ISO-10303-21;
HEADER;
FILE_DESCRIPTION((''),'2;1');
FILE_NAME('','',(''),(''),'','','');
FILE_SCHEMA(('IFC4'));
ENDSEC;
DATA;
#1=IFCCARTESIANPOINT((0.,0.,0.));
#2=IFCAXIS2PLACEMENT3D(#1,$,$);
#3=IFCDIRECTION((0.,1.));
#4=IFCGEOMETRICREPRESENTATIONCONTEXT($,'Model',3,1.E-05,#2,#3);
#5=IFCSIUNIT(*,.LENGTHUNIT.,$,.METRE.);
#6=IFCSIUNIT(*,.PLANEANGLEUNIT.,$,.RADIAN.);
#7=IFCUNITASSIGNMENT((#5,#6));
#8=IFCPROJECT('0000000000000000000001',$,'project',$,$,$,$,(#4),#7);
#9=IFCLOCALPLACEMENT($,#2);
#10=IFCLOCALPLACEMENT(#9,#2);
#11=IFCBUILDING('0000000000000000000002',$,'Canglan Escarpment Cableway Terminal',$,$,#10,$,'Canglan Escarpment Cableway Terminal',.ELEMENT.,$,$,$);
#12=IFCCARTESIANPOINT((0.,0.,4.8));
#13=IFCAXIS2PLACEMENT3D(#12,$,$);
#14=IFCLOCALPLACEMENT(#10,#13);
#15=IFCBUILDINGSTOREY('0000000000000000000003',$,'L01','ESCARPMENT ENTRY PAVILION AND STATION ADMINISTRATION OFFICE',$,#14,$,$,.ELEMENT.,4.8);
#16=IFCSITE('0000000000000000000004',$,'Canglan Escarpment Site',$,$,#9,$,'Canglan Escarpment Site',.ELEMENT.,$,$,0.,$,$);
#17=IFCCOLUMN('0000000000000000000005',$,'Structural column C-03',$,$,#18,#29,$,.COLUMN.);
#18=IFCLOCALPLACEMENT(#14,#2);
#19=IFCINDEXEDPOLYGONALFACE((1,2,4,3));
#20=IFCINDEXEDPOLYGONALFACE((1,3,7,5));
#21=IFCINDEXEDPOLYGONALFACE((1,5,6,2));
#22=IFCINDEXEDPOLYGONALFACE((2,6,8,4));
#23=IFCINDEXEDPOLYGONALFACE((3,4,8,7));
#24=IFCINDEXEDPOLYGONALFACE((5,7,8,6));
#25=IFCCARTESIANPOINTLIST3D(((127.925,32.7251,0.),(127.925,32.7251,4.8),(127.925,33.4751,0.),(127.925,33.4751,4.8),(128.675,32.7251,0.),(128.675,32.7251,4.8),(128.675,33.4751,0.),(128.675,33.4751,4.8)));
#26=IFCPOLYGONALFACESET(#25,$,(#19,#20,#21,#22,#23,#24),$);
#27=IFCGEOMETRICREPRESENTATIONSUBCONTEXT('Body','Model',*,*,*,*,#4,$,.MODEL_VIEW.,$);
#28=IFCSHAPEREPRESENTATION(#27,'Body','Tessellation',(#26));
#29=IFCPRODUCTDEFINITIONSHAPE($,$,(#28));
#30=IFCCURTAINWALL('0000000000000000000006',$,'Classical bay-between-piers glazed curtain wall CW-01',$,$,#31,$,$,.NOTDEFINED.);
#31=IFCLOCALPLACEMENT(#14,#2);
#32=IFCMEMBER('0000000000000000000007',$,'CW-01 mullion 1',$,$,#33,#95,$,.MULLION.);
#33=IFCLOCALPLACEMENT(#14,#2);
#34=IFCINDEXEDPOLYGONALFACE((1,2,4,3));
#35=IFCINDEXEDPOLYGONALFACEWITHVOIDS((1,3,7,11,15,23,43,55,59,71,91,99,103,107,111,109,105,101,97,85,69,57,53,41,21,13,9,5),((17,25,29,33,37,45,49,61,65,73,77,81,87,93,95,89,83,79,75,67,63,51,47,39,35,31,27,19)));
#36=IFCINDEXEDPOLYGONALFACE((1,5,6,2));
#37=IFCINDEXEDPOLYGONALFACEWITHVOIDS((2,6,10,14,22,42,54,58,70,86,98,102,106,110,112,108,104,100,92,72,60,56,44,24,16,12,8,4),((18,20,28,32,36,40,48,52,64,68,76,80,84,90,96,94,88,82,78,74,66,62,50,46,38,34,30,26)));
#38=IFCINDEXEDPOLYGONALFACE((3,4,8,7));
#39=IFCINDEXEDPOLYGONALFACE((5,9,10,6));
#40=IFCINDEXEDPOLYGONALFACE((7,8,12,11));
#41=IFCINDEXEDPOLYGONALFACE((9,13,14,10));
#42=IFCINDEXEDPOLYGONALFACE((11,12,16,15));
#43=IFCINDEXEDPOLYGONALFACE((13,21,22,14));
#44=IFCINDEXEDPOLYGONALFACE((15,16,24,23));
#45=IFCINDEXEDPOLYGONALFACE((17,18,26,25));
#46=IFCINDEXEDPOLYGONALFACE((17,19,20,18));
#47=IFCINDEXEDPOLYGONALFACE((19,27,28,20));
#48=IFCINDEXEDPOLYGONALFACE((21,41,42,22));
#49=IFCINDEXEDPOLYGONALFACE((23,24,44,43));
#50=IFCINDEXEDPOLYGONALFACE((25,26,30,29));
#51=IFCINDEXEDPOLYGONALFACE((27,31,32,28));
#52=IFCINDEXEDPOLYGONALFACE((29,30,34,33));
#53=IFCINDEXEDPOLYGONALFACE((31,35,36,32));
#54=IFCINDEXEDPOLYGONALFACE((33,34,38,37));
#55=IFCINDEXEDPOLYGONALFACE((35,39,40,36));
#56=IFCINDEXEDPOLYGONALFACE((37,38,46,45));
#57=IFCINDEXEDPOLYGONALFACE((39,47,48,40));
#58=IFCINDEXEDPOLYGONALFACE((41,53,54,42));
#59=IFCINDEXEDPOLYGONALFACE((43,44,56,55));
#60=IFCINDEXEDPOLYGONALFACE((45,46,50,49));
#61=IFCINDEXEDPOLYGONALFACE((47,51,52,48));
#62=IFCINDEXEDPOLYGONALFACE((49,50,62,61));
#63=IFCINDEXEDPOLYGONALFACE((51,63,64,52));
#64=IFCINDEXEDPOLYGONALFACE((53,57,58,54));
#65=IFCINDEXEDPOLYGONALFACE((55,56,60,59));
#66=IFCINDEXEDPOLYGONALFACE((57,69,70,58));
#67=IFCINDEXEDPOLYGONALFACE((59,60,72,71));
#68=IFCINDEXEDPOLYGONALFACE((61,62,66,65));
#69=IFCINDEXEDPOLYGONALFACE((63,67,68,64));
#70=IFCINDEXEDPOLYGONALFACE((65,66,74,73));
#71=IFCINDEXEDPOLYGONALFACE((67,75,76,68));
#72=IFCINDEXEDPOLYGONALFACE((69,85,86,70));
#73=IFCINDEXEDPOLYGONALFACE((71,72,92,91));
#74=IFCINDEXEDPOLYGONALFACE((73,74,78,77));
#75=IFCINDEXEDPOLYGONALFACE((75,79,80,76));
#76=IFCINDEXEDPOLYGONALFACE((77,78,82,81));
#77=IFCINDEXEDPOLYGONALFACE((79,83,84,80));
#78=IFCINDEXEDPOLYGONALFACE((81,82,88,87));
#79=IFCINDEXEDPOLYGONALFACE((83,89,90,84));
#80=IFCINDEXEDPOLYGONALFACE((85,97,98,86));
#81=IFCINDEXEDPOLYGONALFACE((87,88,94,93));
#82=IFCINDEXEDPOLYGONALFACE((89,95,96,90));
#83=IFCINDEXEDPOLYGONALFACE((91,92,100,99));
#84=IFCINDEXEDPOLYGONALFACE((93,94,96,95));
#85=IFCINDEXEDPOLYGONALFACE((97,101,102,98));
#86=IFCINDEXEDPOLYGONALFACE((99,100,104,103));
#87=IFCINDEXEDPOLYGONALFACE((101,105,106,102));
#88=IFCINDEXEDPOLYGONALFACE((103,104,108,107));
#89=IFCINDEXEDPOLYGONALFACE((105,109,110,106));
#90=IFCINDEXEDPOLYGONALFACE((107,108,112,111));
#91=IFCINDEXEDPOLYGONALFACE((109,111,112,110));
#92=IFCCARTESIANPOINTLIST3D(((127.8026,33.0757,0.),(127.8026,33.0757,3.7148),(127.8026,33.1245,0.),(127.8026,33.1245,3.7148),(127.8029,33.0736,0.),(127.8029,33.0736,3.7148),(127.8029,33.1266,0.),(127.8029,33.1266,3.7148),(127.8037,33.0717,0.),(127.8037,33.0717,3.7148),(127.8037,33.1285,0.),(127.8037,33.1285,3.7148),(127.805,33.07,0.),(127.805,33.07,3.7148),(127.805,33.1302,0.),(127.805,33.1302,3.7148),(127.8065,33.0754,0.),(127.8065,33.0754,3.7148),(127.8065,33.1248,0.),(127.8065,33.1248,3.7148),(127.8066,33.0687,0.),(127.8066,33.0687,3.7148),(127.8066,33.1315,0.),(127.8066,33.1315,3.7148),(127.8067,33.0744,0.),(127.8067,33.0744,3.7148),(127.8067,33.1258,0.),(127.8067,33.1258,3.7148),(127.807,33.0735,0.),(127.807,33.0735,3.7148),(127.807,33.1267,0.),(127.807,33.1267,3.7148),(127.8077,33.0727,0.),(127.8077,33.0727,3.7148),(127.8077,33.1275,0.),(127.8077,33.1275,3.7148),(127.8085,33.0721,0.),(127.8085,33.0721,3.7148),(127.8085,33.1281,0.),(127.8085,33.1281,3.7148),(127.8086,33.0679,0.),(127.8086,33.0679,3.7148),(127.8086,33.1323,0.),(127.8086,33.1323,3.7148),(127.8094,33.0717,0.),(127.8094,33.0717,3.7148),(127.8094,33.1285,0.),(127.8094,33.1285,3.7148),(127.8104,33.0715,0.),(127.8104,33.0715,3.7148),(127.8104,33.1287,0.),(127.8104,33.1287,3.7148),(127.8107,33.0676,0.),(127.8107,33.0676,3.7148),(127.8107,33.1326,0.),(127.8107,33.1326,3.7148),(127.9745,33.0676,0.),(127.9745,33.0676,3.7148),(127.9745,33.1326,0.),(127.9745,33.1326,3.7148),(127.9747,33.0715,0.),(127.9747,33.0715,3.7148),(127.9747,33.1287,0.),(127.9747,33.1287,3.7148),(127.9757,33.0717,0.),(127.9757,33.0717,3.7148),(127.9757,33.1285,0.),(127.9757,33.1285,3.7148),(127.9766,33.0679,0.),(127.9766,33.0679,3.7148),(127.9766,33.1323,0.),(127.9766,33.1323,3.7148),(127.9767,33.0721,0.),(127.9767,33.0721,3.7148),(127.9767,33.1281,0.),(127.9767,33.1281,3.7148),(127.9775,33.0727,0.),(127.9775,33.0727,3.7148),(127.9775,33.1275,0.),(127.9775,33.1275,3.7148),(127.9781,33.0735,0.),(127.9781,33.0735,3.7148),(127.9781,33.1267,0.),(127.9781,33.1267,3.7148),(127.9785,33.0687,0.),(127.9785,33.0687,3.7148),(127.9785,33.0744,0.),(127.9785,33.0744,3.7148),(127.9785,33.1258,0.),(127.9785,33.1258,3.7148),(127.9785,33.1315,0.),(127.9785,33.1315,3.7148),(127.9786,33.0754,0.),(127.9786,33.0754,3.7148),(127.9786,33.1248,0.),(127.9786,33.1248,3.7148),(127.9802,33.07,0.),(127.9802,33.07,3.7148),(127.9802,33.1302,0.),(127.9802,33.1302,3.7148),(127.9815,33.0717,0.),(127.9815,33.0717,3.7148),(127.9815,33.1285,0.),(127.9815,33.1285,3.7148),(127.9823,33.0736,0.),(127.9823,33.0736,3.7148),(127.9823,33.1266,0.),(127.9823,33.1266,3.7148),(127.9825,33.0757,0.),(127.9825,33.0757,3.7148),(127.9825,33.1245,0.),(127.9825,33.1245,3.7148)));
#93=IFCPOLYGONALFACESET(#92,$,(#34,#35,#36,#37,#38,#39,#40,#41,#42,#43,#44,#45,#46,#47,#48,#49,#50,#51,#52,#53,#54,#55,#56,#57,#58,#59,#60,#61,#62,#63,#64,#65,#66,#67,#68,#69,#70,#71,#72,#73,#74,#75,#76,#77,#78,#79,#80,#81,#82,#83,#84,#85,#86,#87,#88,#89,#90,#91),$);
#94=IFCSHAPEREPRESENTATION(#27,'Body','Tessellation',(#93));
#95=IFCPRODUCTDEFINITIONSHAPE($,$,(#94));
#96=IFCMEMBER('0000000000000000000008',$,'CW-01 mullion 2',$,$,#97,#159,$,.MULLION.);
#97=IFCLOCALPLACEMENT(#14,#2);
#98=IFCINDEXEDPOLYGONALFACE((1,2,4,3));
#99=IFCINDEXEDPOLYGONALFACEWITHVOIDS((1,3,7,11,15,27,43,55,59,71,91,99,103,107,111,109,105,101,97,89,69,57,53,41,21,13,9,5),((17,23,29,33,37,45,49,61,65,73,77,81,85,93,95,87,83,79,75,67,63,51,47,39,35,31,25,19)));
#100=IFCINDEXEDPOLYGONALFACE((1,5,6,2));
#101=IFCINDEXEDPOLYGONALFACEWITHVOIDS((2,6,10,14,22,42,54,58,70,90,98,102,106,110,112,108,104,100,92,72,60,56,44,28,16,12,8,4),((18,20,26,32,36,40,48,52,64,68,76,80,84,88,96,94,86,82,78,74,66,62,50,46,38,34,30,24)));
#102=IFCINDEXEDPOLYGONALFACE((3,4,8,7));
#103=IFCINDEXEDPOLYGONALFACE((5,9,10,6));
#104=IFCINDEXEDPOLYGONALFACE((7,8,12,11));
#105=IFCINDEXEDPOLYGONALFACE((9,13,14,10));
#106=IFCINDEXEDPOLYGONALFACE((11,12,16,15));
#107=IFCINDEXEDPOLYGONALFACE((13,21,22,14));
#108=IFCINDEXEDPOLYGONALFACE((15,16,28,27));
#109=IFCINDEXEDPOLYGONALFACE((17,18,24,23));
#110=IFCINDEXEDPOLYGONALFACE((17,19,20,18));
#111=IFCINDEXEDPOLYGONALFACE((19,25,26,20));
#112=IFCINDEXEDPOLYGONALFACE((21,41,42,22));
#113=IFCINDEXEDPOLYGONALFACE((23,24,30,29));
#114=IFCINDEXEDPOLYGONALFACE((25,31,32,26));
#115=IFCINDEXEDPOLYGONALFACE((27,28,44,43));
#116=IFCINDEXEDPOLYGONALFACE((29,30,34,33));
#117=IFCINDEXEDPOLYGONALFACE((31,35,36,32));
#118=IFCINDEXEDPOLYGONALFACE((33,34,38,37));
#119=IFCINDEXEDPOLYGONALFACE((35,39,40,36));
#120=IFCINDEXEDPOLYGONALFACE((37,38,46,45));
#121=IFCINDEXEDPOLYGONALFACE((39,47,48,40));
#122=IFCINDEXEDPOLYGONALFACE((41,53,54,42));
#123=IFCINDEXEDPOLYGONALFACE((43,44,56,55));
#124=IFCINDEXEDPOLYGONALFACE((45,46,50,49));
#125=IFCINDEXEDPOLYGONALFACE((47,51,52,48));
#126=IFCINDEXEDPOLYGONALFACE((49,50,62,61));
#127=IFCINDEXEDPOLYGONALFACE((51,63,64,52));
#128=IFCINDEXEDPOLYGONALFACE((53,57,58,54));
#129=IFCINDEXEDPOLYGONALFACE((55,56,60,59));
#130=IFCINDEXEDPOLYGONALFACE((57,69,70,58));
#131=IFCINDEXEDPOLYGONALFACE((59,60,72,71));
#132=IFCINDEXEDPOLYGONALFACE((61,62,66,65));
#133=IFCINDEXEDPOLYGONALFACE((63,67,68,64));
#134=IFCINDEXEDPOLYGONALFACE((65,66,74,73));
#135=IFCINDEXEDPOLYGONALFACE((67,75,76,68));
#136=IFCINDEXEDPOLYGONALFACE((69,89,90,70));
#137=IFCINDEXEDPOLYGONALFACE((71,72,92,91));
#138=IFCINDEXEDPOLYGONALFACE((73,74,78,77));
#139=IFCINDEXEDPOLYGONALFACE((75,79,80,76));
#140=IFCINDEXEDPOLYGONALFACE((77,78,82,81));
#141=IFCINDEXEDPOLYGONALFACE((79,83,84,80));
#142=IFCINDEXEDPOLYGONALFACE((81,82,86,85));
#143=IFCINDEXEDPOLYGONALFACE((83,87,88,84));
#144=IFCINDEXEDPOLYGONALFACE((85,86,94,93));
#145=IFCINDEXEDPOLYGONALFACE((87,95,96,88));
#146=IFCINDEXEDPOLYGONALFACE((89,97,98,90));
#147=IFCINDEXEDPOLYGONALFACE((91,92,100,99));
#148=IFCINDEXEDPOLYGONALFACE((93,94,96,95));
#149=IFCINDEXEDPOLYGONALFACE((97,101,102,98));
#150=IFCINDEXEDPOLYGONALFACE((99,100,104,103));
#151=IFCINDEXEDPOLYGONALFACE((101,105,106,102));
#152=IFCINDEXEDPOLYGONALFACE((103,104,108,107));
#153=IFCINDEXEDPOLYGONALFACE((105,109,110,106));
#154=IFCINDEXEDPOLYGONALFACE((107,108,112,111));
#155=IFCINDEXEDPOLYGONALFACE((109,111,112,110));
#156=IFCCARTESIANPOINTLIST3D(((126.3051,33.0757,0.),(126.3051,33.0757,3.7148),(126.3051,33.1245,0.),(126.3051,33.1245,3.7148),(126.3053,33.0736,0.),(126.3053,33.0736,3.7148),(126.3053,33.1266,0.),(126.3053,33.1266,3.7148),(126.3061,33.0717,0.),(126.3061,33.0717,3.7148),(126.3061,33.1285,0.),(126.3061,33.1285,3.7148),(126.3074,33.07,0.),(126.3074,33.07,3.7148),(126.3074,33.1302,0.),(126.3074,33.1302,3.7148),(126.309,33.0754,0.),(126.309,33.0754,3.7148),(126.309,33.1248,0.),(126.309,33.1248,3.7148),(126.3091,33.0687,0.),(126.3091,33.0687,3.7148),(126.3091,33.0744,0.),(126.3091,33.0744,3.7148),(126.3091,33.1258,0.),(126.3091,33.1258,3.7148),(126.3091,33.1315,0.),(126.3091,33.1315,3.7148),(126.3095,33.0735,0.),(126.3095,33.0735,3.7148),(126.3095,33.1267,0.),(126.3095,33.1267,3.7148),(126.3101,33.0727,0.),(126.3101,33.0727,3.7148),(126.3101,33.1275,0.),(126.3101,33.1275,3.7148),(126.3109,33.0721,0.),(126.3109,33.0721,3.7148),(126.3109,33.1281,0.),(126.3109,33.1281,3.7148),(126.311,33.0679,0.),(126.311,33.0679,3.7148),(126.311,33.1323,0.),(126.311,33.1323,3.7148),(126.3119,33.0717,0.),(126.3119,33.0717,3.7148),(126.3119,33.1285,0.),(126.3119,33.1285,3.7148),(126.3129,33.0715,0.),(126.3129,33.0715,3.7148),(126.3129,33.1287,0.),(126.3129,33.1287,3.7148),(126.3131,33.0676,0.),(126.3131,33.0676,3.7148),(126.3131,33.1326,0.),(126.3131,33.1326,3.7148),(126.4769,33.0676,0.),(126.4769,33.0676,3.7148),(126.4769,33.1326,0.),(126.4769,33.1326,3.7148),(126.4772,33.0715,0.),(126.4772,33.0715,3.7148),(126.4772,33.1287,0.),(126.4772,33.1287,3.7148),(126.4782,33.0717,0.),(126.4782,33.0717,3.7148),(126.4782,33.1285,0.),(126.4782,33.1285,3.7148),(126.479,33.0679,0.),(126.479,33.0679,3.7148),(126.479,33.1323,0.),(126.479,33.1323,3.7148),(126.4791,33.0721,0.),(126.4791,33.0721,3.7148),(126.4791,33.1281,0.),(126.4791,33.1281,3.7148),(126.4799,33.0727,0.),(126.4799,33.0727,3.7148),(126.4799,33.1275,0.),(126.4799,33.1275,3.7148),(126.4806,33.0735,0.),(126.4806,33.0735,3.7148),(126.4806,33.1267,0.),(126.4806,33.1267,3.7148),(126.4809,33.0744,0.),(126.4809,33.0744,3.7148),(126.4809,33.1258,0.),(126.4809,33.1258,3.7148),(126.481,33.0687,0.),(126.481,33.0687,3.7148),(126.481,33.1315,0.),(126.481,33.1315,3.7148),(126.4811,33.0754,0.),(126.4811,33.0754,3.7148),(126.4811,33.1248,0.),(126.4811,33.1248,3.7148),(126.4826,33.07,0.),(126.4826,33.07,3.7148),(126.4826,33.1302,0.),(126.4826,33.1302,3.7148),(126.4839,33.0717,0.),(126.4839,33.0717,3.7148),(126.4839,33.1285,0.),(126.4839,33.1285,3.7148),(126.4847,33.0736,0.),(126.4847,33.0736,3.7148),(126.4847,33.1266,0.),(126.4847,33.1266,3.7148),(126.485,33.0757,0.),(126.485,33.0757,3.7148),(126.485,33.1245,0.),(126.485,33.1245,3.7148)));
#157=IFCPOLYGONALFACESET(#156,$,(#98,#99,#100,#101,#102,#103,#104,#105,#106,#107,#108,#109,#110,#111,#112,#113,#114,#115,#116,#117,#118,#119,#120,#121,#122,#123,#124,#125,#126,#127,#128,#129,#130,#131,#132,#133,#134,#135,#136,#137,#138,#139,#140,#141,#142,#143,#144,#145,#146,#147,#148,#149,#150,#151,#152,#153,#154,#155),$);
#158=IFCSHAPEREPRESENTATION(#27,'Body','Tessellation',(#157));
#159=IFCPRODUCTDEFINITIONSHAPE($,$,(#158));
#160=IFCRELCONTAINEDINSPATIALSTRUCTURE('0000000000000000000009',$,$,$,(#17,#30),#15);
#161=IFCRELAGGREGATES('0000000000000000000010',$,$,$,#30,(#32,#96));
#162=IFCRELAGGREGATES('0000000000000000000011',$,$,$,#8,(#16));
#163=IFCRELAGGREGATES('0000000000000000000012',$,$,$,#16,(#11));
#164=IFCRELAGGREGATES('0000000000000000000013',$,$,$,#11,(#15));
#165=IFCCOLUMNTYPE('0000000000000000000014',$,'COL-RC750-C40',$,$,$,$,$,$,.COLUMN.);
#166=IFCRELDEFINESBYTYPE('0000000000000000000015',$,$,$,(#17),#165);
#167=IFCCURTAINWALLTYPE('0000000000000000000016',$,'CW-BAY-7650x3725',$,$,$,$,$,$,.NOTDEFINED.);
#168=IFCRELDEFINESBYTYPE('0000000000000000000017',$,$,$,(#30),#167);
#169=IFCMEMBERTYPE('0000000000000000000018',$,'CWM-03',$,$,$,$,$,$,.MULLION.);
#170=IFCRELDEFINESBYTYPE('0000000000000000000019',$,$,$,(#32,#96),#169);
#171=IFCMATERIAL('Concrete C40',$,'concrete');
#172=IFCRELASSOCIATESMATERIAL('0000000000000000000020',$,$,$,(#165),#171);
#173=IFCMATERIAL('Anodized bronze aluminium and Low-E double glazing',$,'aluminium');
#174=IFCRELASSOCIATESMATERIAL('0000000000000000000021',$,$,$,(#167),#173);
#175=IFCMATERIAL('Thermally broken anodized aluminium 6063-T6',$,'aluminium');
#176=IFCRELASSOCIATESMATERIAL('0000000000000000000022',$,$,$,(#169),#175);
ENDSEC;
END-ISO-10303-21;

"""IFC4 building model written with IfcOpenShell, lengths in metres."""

from ifc_helpers import new_model, si_unit, direction, frame, origin, origin_2d, place, context, subcontext, project, spatial, rectangle, hollow_rectangle, extrude, material, material_profile, profile_set, type_object, element, aggregate, save


model = new_model("IFC4")

# Units and contexts
model_context = context("Model", 3, precision=1e-05, world=origin(), true_north=direction((0.0, 1.0)))
body_context = subcontext(model_context, "Body", "Model", "MODEL_VIEW")
ifc_project = project(units=[si_unit("LENGTHUNIT", "METRE"), si_unit("PLANEANGLEUNIT", "RADIAN")], contexts=[model_context])

# Site, building, storey
site_placement = place(None, origin())
site = spatial("IfcSite", under=ifc_project, at=site_placement, Name="Canglan Escarpment Site", LongName="Canglan Escarpment Site", CompositionType="ELEMENT", RefElevation=0.0)
building_placement = place(site_placement, origin())
building = spatial("IfcBuilding", under=site, at=building_placement, Name="Canglan Escarpment Cableway Terminal", LongName="Canglan Escarpment Cableway Terminal", CompositionType="ELEMENT")
storey_placement = place(building_placement, frame((0.0, 0.0, 4.8)))
storey = spatial("IfcBuildingStorey", under=building, at=storey_placement, Name="L01", Description="ESCARPMENT ENTRY PAVILION AND STATION ADMINISTRATION OFFICE", CompositionType="ELEMENT", Elevation=4.8)

# Column
ifc_material_1 = material(Name="Concrete C40", Category="concrete")
ifc_material_profile_1 = material_profile(ifc_material_1, rectangle(XDim=0.75, YDim=0.75, at=origin_2d()), Name="RC 750x750")
ifc_profile_set_1 = profile_set([ifc_material_profile_1], Name="Concrete C40")
column_type = type_object("IfcColumnType", Name="COL-RC750-C40", PredefinedType="COLUMN", material=ifc_profile_set_1)
column_placement = place(storey_placement, frame((128.3, 33.1001, 0.0), z_axis=(0.0, 0.0, 1.0), x_axis=(1.0, 0.0, 0.0)))
element("IfcColumn", 1, at=column_placement, inside=storey, type_object=column_type, Name="Structural column C-03", PredefinedType="COLUMN", context=body_context, shape_type="SweptSolid", body=[
    extrude(rectangle(XDim=0.75, YDim=0.75, at=origin_2d()), origin(), (0.0, 0.0, 1.0), 4.8),
])

# Curtain wall, members
ifc_material_2 = material(Name="Anodized bronze aluminium and Low-E double glazing", Category="aluminium")
curtain_wall_type = type_object("IfcCurtainWallType", Name="CW-BAY-7650x3725", PredefinedType="NOTDEFINED", material=ifc_material_2)
curtain_wall_placement = place(storey_placement, origin())
curtain_wall = element("IfcCurtainWall", 2, at=curtain_wall_placement, inside=storey, type_object=curtain_wall_type, Name="Classical bay-between-piers glazed curtain wall CW-01", PredefinedType="NOTDEFINED")
ifc_material_3 = material(Name="Thermally broken anodized aluminium 6063-T6", Category="aluminium")
ifc_material_profile_2 = material_profile(ifc_material_3, hollow_rectangle(XDim=0.0649, YDim=0.1799, WallThickness=0.0039, InnerFilletRadius=0.0039, OuterFilletRadius=0.0081, at=origin_2d()), Name="ALU-MULL 65x180x4")
ifc_profile_set_2 = profile_set([ifc_material_profile_2], Name="Thermally broken anodized aluminium 6063-T6")
member_type_1 = type_object("IfcMemberType", Name="CWM-03", PredefinedType="MULLION", material=ifc_profile_set_2)
member_1_placement = place(storey_placement, frame((127.8926, 33.1001, 0.0), z_axis=(0.0, 0.0, 1.0), x_axis=(0.0, -1.0, 0.0)))
member_1 = element("IfcMember", 3, at=member_1_placement, type_object=member_type_1, Name="CW-01 mullion 1", PredefinedType="MULLION", context=body_context, shape_type="SweptSolid", body=[
    extrude(hollow_rectangle(XDim=0.0649, YDim=0.1799, WallThickness=0.0039, InnerFilletRadius=0.0039, OuterFilletRadius=0.0081, at=origin_2d()), origin(), (0.0, 0.0, 1.0), 3.7148),
])
member_2_placement = place(storey_placement, frame((126.395, 33.1001, 0.0), z_axis=(0.0, 0.0, 1.0), x_axis=(0.0, -1.0, 0.0)))
member_2 = element("IfcMember", 4, at=member_2_placement, type_object=member_type_1, Name="CW-01 mullion 2", PredefinedType="MULLION", context=body_context, shape_type="SweptSolid", body=[
    extrude(hollow_rectangle(XDim=0.0649, YDim=0.1799, WallThickness=0.0039, InnerFilletRadius=0.0039, OuterFilletRadius=0.0081, at=origin_2d()), origin(), (0.0, 0.0, 1.0), 3.7148),
])

aggregate(curtain_wall, [member_1, member_2])

save(model, "model.ifc")
